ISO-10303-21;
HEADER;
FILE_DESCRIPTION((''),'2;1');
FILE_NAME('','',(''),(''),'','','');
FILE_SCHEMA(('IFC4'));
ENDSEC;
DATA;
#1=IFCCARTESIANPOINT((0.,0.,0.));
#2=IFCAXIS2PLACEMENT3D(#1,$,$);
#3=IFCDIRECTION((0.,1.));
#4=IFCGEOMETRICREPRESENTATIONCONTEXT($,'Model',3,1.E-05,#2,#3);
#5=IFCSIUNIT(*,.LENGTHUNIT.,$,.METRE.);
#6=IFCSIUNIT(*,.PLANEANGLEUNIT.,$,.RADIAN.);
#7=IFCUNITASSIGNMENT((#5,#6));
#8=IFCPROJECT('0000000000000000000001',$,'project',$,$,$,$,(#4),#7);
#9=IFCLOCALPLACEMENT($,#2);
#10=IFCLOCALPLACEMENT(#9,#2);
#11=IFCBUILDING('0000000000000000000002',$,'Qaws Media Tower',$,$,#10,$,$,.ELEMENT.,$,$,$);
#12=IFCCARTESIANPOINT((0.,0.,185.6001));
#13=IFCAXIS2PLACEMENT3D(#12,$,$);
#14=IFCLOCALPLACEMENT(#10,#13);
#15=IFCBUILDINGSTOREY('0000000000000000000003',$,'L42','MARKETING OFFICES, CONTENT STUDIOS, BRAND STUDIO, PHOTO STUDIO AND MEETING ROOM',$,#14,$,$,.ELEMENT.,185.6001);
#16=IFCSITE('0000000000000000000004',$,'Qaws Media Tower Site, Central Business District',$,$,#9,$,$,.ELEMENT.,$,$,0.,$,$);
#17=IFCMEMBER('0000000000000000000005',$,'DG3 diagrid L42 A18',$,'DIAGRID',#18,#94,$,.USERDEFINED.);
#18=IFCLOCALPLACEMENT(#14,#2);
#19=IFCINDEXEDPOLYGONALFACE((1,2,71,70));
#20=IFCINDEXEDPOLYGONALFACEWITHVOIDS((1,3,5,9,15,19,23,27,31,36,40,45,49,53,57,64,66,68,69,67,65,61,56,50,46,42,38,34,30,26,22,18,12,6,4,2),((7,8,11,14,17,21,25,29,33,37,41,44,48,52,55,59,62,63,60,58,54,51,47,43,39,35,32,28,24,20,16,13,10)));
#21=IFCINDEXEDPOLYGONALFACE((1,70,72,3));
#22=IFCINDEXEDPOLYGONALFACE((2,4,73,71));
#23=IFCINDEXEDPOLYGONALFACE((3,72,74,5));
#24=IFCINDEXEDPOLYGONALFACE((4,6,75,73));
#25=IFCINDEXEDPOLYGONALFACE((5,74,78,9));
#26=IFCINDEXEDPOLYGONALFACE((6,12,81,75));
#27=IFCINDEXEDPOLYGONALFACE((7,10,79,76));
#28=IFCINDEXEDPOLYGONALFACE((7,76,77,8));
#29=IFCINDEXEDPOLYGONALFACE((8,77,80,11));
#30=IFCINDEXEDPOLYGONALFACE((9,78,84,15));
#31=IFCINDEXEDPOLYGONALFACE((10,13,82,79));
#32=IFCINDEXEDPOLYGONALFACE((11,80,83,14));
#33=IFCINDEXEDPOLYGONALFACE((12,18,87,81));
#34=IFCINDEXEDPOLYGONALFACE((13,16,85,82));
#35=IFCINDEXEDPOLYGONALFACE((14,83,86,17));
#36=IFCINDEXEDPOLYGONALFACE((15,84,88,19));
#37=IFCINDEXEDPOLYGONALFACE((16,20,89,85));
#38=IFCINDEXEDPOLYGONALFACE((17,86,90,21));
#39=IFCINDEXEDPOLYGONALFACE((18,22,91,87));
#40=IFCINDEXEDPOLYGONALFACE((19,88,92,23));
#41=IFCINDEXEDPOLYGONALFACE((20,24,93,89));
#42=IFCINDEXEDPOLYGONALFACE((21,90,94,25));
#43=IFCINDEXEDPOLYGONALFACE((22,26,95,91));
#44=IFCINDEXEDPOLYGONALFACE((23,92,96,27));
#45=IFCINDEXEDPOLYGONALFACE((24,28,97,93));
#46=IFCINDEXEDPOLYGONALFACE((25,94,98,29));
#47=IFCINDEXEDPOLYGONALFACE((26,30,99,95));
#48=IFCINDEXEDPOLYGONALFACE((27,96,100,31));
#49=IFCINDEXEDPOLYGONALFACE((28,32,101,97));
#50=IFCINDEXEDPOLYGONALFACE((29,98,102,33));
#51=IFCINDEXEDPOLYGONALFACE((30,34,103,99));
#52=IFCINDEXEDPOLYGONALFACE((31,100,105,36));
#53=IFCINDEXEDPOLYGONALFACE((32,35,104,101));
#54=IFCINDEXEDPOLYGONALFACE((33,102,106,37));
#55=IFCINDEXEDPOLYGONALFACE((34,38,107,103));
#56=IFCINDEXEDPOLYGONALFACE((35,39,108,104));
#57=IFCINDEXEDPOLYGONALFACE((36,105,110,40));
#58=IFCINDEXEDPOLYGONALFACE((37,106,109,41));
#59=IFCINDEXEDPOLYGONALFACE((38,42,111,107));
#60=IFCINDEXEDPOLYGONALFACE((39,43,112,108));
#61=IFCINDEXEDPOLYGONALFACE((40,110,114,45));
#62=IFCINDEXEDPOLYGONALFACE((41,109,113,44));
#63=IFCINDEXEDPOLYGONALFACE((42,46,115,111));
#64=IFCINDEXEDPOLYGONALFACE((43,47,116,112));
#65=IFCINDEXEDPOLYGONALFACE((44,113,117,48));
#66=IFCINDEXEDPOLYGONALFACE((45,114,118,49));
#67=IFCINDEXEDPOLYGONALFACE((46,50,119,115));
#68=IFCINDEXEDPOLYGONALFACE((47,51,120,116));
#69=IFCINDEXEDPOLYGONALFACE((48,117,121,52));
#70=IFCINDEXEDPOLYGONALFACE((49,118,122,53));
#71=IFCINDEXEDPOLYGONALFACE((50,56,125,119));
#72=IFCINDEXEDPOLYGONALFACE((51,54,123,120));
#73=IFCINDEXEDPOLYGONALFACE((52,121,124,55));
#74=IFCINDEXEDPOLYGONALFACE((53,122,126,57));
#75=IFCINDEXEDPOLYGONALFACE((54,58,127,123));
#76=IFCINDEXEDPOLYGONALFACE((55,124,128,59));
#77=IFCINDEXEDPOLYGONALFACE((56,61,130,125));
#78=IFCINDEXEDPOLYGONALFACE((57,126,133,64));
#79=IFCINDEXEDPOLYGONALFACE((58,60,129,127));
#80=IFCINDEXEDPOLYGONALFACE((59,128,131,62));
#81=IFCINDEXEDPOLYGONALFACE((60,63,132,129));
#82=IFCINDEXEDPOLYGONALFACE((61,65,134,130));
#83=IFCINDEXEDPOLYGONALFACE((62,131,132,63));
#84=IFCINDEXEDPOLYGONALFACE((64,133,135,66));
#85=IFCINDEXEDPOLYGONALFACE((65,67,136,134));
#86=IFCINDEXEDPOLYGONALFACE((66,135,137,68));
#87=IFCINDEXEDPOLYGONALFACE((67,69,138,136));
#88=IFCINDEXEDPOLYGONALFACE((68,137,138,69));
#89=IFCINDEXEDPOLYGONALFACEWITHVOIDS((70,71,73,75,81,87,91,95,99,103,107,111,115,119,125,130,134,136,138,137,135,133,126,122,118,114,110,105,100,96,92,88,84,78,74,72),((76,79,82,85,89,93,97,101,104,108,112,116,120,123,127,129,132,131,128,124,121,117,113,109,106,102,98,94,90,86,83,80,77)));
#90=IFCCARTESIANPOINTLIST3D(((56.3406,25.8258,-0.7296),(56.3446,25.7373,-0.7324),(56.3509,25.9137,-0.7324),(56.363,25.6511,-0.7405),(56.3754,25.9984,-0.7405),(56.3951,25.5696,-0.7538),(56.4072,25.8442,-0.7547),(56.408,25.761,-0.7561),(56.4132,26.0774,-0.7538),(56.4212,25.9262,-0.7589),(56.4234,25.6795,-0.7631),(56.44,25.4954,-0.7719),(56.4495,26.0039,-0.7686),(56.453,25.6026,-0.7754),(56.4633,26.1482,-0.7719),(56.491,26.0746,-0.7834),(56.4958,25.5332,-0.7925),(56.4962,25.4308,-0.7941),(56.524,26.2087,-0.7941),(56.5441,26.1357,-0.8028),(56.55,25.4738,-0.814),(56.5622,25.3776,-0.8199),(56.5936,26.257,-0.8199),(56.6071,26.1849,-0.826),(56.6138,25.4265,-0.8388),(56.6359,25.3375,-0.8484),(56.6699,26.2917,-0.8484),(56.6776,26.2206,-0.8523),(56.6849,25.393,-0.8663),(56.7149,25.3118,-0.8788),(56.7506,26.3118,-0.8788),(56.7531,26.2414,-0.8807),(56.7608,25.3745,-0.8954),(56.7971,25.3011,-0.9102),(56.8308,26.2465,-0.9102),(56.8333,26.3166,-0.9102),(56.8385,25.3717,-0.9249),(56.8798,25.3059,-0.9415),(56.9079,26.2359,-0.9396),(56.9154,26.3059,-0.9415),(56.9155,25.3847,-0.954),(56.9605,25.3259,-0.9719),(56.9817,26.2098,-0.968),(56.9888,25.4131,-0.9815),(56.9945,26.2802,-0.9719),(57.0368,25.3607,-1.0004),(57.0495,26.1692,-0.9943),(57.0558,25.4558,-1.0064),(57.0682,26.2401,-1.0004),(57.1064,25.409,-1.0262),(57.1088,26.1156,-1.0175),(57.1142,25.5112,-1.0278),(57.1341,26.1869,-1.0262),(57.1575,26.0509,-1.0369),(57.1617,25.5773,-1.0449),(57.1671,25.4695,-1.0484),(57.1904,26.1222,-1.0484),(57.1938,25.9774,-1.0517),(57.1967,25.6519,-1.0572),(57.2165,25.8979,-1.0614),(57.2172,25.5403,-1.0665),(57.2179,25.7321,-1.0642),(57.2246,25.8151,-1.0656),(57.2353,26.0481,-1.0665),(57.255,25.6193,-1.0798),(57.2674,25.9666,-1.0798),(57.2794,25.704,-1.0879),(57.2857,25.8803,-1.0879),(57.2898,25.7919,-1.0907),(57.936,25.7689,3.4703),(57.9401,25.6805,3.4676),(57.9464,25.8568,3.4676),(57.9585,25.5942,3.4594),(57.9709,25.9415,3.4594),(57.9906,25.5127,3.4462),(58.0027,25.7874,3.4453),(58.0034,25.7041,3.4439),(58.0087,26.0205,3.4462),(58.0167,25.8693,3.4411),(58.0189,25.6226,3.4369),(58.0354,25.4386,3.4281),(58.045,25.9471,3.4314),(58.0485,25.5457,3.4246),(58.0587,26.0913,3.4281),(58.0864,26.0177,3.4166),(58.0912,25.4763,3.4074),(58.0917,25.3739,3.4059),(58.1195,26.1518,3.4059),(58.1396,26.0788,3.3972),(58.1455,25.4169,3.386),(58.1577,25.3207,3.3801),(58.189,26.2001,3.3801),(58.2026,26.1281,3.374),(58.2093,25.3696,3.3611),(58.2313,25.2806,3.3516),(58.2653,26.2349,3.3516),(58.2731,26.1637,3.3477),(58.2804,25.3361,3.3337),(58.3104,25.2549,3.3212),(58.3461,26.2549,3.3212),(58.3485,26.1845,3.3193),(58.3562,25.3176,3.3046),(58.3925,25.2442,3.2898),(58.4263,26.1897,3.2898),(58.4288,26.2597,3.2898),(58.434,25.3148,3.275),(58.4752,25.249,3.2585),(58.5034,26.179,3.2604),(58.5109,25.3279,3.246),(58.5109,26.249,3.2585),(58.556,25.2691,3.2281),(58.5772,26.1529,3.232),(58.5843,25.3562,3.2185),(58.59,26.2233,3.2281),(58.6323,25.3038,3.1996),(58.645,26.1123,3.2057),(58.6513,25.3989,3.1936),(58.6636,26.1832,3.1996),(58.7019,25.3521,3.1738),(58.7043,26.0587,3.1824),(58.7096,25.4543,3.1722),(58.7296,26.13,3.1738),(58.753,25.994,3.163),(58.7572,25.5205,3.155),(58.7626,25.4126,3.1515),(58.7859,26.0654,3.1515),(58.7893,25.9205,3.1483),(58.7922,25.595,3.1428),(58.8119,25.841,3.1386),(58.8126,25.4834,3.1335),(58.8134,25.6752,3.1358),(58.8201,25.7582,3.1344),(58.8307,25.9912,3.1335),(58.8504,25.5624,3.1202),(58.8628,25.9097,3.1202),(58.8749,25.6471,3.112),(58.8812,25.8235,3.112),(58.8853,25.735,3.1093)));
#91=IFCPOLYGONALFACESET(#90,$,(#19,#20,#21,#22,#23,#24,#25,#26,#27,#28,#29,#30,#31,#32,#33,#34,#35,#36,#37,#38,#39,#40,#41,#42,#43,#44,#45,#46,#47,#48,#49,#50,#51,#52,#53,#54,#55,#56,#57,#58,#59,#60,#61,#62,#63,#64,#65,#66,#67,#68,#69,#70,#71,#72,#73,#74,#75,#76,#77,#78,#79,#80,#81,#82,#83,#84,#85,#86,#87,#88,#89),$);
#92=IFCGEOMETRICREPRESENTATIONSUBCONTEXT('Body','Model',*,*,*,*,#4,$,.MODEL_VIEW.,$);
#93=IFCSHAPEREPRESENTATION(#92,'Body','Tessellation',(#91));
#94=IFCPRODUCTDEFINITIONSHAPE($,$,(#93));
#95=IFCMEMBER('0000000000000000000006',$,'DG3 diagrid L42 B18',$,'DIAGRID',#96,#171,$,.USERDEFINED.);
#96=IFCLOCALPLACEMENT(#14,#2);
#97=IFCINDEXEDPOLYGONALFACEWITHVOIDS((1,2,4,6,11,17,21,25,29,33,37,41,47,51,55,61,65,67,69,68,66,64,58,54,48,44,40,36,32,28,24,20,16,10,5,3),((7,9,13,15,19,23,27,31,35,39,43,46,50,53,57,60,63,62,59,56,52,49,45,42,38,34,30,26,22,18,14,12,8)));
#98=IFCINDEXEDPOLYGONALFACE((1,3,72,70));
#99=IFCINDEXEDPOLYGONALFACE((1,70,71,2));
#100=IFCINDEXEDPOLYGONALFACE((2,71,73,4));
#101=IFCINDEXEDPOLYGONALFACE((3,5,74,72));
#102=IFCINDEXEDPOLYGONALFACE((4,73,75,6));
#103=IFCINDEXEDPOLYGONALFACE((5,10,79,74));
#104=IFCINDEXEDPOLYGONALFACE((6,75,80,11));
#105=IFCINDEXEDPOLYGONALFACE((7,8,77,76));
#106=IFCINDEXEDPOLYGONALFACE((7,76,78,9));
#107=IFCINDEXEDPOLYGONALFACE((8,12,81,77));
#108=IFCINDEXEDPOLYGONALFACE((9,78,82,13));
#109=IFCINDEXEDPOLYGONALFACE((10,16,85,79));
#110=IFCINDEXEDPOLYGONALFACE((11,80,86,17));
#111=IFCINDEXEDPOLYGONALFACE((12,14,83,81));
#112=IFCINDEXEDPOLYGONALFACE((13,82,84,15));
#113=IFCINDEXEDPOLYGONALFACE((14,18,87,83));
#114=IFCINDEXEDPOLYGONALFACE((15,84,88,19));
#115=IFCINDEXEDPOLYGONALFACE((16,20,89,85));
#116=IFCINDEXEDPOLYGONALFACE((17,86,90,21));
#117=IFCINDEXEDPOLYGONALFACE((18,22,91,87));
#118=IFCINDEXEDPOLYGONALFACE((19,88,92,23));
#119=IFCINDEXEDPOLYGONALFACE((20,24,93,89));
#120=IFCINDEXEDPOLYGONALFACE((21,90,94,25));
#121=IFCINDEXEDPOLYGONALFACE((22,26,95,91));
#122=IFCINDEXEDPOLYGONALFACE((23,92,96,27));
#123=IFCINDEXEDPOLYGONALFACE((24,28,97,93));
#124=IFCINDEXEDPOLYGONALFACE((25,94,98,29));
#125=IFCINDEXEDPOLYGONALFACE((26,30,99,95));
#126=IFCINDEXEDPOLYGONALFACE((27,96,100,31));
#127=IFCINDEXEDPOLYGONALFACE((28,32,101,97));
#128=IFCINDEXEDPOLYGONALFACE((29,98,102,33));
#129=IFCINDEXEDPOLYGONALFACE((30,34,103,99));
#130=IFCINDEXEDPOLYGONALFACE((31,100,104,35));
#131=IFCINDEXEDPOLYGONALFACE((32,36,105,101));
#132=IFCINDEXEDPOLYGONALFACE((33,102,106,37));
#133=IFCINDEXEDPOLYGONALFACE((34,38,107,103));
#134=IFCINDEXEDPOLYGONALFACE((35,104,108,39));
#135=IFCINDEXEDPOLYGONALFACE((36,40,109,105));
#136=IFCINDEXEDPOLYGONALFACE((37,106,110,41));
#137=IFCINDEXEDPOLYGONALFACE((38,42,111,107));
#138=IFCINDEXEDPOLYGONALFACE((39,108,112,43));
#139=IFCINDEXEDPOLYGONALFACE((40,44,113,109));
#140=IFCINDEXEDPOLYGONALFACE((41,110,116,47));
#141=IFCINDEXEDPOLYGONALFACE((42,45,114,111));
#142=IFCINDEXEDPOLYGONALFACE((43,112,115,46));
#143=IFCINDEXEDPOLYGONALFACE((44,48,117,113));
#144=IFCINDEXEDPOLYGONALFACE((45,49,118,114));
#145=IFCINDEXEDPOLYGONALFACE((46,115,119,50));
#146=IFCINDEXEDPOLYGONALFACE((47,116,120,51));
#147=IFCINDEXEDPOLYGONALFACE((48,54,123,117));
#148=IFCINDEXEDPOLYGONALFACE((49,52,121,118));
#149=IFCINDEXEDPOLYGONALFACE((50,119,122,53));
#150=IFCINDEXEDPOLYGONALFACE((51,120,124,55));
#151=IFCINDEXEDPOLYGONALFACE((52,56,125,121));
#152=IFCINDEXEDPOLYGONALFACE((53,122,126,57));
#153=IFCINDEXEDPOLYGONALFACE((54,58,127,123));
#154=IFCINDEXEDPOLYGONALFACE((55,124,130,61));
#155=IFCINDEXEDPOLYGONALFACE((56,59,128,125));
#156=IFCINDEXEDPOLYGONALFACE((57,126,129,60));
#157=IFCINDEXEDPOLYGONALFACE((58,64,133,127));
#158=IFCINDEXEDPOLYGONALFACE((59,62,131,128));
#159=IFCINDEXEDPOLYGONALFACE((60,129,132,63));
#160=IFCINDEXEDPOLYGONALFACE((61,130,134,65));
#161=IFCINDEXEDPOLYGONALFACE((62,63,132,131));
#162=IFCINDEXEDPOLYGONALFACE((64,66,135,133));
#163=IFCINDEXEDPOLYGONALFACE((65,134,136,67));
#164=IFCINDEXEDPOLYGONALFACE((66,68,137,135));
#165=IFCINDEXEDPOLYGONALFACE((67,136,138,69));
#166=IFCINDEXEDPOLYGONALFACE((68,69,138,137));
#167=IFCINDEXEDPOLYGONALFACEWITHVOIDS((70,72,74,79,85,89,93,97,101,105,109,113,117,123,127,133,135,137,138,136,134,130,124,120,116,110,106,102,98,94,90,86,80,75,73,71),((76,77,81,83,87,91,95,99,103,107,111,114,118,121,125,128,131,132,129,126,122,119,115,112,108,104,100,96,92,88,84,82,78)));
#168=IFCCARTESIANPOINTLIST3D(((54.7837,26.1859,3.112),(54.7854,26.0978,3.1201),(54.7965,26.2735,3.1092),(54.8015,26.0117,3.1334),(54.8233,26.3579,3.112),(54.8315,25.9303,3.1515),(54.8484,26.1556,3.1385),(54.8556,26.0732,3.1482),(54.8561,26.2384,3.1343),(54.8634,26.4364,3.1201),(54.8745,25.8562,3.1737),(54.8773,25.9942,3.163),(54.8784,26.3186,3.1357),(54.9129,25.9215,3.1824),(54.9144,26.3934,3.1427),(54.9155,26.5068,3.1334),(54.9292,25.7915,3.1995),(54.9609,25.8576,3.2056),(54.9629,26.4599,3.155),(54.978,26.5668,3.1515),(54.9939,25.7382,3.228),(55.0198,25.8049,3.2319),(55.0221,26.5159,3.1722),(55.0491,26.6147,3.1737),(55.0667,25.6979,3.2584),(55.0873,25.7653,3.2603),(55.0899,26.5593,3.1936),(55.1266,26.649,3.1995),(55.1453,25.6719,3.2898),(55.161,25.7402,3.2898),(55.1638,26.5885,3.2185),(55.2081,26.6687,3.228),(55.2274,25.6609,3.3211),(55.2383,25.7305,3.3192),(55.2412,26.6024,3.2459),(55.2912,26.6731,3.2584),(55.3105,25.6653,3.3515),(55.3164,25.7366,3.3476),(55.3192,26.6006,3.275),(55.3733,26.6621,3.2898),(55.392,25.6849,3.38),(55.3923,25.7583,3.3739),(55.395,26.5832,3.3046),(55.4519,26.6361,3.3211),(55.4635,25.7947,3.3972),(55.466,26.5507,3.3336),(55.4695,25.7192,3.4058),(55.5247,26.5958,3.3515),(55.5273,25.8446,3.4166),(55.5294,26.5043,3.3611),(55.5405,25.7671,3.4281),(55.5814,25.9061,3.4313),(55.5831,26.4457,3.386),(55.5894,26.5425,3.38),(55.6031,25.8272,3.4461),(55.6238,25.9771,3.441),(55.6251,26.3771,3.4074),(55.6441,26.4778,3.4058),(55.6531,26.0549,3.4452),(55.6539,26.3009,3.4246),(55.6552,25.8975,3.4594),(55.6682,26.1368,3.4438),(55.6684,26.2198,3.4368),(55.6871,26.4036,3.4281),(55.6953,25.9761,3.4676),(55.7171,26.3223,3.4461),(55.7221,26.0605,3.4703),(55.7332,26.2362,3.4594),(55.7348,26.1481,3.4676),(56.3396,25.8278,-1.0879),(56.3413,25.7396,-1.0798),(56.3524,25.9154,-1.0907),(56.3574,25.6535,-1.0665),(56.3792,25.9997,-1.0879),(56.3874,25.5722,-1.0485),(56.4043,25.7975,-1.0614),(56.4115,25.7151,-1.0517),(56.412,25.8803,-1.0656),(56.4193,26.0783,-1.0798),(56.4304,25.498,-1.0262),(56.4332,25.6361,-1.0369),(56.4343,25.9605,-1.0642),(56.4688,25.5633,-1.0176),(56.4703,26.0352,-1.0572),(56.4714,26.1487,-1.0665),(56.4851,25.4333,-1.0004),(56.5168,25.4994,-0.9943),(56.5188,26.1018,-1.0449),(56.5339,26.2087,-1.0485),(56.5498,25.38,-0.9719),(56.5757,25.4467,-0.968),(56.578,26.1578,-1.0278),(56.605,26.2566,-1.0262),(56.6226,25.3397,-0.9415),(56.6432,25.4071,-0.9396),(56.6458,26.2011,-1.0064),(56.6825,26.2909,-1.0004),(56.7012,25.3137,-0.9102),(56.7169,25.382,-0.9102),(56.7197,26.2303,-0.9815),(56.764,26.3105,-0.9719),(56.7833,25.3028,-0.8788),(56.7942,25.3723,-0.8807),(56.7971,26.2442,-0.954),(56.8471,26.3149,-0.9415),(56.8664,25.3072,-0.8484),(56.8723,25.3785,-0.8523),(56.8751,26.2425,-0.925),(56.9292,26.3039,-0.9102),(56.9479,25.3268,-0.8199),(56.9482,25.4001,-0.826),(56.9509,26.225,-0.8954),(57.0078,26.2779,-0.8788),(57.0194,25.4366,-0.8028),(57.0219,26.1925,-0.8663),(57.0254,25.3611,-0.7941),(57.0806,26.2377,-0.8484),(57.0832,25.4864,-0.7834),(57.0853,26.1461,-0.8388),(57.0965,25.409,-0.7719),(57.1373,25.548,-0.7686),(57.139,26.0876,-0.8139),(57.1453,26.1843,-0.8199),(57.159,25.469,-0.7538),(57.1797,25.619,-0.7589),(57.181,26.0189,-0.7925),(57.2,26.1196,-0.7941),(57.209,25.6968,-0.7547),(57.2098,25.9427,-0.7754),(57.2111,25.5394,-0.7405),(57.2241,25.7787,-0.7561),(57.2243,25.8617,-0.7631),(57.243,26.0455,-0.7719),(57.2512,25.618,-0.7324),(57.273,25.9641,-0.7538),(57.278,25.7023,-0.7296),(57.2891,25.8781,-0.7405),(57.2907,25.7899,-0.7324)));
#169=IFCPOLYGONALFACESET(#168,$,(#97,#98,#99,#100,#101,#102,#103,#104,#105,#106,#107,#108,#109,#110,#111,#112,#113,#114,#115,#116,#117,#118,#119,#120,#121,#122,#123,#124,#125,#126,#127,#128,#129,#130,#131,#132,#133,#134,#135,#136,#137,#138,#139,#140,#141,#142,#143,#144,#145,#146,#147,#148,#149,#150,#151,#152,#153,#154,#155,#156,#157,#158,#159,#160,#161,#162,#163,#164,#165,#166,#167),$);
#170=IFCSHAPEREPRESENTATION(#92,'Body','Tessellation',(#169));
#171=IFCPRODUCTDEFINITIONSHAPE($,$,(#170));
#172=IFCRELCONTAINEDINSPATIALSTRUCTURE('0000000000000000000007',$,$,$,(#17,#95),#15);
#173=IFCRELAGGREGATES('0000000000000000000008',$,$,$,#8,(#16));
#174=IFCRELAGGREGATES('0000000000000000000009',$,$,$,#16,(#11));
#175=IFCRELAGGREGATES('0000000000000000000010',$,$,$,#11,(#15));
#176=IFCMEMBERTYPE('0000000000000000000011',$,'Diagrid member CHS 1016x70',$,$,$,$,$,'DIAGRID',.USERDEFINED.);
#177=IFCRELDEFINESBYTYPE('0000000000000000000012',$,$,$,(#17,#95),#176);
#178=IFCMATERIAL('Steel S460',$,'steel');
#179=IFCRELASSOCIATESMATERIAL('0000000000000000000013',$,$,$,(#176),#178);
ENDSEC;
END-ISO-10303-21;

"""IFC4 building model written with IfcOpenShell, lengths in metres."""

from ifc_helpers import new_model, si_unit, direction, frame, origin, origin_2d, place, context, subcontext, project, spatial, hollow_circle, extrude, material, material_profile, profile_set, type_object, element, save


model = new_model("IFC4")

# Units and contexts
model_context = context("Model", 3, precision=1e-05, world=origin(), true_north=direction((0.0, 1.0)))
body_context = subcontext(model_context, "Body", "Model", "MODEL_VIEW")
ifc_project = project(units=[si_unit("LENGTHUNIT", "METRE"), si_unit("PLANEANGLEUNIT", "RADIAN")], contexts=[model_context])

# Site, building, storey
site_placement = place(None, origin())
site = spatial("IfcSite", under=ifc_project, at=site_placement, Name="Qaws Media Tower Site, Central Business District", CompositionType="ELEMENT", RefElevation=0.0)
building_placement = place(site_placement, origin())
building = spatial("IfcBuilding", under=site, at=building_placement, Name="Qaws Media Tower", CompositionType="ELEMENT")
storey_placement = place(building_placement, frame((0.0, 0.0, 185.6001)))
storey = spatial("IfcBuildingStorey", under=building, at=storey_placement, Name="L42", Description="MARKETING OFFICES, CONTENT STUDIOS, BRAND STUDIO, PHOTO STUDIO AND MEETING ROOM", CompositionType="ELEMENT", Elevation=185.6001)

# Members
ifc_material_1 = material(Name="Steel S460", Category="steel")
ifc_material_profile_1 = material_profile(ifc_material_1, hollow_circle(Radius=0.5081, WallThickness=0.0701, at=origin_2d()), Name="CHS 1016x70")
ifc_profile_set_1 = profile_set([ifc_material_profile_1], Name="Steel S460")
member_type_1 = type_object("IfcMemberType", Name="Diagrid member CHS 1016x70", ElementType="DIAGRID", PredefinedType="USERDEFINED", material=ifc_profile_set_1)
for number, where, z_axis, x_axis, name in (
    (1, (56.8152, 25.8088, -0.9102), (0.355088, -0.01266, 0.934747), (0.035632, 0.999365, 0.0), "DG3 diagrid L42 A18"),
    (2, (56.8152, 25.8088, -0.9102), (-0.346282, 0.079711, 0.934738), (-0.224323, -0.974515, 0.0), "DG3 diagrid L42 B18"),
):
    element("IfcMember", number, at=place(storey_placement, frame(where, z_axis=z_axis, x_axis=x_axis)), inside=storey, type_object=member_type_1, Name=name, ObjectType="DIAGRID", PredefinedType="USERDEFINED", context=body_context, shape_type="SweptSolid", body=[
        extrude(hollow_circle(Radius=0.5081, WallThickness=0.0701, at=origin_2d()), origin(), (0.0, 0.0, 1.0), 4.4932),
    ])

save(model, "model.ifc")
